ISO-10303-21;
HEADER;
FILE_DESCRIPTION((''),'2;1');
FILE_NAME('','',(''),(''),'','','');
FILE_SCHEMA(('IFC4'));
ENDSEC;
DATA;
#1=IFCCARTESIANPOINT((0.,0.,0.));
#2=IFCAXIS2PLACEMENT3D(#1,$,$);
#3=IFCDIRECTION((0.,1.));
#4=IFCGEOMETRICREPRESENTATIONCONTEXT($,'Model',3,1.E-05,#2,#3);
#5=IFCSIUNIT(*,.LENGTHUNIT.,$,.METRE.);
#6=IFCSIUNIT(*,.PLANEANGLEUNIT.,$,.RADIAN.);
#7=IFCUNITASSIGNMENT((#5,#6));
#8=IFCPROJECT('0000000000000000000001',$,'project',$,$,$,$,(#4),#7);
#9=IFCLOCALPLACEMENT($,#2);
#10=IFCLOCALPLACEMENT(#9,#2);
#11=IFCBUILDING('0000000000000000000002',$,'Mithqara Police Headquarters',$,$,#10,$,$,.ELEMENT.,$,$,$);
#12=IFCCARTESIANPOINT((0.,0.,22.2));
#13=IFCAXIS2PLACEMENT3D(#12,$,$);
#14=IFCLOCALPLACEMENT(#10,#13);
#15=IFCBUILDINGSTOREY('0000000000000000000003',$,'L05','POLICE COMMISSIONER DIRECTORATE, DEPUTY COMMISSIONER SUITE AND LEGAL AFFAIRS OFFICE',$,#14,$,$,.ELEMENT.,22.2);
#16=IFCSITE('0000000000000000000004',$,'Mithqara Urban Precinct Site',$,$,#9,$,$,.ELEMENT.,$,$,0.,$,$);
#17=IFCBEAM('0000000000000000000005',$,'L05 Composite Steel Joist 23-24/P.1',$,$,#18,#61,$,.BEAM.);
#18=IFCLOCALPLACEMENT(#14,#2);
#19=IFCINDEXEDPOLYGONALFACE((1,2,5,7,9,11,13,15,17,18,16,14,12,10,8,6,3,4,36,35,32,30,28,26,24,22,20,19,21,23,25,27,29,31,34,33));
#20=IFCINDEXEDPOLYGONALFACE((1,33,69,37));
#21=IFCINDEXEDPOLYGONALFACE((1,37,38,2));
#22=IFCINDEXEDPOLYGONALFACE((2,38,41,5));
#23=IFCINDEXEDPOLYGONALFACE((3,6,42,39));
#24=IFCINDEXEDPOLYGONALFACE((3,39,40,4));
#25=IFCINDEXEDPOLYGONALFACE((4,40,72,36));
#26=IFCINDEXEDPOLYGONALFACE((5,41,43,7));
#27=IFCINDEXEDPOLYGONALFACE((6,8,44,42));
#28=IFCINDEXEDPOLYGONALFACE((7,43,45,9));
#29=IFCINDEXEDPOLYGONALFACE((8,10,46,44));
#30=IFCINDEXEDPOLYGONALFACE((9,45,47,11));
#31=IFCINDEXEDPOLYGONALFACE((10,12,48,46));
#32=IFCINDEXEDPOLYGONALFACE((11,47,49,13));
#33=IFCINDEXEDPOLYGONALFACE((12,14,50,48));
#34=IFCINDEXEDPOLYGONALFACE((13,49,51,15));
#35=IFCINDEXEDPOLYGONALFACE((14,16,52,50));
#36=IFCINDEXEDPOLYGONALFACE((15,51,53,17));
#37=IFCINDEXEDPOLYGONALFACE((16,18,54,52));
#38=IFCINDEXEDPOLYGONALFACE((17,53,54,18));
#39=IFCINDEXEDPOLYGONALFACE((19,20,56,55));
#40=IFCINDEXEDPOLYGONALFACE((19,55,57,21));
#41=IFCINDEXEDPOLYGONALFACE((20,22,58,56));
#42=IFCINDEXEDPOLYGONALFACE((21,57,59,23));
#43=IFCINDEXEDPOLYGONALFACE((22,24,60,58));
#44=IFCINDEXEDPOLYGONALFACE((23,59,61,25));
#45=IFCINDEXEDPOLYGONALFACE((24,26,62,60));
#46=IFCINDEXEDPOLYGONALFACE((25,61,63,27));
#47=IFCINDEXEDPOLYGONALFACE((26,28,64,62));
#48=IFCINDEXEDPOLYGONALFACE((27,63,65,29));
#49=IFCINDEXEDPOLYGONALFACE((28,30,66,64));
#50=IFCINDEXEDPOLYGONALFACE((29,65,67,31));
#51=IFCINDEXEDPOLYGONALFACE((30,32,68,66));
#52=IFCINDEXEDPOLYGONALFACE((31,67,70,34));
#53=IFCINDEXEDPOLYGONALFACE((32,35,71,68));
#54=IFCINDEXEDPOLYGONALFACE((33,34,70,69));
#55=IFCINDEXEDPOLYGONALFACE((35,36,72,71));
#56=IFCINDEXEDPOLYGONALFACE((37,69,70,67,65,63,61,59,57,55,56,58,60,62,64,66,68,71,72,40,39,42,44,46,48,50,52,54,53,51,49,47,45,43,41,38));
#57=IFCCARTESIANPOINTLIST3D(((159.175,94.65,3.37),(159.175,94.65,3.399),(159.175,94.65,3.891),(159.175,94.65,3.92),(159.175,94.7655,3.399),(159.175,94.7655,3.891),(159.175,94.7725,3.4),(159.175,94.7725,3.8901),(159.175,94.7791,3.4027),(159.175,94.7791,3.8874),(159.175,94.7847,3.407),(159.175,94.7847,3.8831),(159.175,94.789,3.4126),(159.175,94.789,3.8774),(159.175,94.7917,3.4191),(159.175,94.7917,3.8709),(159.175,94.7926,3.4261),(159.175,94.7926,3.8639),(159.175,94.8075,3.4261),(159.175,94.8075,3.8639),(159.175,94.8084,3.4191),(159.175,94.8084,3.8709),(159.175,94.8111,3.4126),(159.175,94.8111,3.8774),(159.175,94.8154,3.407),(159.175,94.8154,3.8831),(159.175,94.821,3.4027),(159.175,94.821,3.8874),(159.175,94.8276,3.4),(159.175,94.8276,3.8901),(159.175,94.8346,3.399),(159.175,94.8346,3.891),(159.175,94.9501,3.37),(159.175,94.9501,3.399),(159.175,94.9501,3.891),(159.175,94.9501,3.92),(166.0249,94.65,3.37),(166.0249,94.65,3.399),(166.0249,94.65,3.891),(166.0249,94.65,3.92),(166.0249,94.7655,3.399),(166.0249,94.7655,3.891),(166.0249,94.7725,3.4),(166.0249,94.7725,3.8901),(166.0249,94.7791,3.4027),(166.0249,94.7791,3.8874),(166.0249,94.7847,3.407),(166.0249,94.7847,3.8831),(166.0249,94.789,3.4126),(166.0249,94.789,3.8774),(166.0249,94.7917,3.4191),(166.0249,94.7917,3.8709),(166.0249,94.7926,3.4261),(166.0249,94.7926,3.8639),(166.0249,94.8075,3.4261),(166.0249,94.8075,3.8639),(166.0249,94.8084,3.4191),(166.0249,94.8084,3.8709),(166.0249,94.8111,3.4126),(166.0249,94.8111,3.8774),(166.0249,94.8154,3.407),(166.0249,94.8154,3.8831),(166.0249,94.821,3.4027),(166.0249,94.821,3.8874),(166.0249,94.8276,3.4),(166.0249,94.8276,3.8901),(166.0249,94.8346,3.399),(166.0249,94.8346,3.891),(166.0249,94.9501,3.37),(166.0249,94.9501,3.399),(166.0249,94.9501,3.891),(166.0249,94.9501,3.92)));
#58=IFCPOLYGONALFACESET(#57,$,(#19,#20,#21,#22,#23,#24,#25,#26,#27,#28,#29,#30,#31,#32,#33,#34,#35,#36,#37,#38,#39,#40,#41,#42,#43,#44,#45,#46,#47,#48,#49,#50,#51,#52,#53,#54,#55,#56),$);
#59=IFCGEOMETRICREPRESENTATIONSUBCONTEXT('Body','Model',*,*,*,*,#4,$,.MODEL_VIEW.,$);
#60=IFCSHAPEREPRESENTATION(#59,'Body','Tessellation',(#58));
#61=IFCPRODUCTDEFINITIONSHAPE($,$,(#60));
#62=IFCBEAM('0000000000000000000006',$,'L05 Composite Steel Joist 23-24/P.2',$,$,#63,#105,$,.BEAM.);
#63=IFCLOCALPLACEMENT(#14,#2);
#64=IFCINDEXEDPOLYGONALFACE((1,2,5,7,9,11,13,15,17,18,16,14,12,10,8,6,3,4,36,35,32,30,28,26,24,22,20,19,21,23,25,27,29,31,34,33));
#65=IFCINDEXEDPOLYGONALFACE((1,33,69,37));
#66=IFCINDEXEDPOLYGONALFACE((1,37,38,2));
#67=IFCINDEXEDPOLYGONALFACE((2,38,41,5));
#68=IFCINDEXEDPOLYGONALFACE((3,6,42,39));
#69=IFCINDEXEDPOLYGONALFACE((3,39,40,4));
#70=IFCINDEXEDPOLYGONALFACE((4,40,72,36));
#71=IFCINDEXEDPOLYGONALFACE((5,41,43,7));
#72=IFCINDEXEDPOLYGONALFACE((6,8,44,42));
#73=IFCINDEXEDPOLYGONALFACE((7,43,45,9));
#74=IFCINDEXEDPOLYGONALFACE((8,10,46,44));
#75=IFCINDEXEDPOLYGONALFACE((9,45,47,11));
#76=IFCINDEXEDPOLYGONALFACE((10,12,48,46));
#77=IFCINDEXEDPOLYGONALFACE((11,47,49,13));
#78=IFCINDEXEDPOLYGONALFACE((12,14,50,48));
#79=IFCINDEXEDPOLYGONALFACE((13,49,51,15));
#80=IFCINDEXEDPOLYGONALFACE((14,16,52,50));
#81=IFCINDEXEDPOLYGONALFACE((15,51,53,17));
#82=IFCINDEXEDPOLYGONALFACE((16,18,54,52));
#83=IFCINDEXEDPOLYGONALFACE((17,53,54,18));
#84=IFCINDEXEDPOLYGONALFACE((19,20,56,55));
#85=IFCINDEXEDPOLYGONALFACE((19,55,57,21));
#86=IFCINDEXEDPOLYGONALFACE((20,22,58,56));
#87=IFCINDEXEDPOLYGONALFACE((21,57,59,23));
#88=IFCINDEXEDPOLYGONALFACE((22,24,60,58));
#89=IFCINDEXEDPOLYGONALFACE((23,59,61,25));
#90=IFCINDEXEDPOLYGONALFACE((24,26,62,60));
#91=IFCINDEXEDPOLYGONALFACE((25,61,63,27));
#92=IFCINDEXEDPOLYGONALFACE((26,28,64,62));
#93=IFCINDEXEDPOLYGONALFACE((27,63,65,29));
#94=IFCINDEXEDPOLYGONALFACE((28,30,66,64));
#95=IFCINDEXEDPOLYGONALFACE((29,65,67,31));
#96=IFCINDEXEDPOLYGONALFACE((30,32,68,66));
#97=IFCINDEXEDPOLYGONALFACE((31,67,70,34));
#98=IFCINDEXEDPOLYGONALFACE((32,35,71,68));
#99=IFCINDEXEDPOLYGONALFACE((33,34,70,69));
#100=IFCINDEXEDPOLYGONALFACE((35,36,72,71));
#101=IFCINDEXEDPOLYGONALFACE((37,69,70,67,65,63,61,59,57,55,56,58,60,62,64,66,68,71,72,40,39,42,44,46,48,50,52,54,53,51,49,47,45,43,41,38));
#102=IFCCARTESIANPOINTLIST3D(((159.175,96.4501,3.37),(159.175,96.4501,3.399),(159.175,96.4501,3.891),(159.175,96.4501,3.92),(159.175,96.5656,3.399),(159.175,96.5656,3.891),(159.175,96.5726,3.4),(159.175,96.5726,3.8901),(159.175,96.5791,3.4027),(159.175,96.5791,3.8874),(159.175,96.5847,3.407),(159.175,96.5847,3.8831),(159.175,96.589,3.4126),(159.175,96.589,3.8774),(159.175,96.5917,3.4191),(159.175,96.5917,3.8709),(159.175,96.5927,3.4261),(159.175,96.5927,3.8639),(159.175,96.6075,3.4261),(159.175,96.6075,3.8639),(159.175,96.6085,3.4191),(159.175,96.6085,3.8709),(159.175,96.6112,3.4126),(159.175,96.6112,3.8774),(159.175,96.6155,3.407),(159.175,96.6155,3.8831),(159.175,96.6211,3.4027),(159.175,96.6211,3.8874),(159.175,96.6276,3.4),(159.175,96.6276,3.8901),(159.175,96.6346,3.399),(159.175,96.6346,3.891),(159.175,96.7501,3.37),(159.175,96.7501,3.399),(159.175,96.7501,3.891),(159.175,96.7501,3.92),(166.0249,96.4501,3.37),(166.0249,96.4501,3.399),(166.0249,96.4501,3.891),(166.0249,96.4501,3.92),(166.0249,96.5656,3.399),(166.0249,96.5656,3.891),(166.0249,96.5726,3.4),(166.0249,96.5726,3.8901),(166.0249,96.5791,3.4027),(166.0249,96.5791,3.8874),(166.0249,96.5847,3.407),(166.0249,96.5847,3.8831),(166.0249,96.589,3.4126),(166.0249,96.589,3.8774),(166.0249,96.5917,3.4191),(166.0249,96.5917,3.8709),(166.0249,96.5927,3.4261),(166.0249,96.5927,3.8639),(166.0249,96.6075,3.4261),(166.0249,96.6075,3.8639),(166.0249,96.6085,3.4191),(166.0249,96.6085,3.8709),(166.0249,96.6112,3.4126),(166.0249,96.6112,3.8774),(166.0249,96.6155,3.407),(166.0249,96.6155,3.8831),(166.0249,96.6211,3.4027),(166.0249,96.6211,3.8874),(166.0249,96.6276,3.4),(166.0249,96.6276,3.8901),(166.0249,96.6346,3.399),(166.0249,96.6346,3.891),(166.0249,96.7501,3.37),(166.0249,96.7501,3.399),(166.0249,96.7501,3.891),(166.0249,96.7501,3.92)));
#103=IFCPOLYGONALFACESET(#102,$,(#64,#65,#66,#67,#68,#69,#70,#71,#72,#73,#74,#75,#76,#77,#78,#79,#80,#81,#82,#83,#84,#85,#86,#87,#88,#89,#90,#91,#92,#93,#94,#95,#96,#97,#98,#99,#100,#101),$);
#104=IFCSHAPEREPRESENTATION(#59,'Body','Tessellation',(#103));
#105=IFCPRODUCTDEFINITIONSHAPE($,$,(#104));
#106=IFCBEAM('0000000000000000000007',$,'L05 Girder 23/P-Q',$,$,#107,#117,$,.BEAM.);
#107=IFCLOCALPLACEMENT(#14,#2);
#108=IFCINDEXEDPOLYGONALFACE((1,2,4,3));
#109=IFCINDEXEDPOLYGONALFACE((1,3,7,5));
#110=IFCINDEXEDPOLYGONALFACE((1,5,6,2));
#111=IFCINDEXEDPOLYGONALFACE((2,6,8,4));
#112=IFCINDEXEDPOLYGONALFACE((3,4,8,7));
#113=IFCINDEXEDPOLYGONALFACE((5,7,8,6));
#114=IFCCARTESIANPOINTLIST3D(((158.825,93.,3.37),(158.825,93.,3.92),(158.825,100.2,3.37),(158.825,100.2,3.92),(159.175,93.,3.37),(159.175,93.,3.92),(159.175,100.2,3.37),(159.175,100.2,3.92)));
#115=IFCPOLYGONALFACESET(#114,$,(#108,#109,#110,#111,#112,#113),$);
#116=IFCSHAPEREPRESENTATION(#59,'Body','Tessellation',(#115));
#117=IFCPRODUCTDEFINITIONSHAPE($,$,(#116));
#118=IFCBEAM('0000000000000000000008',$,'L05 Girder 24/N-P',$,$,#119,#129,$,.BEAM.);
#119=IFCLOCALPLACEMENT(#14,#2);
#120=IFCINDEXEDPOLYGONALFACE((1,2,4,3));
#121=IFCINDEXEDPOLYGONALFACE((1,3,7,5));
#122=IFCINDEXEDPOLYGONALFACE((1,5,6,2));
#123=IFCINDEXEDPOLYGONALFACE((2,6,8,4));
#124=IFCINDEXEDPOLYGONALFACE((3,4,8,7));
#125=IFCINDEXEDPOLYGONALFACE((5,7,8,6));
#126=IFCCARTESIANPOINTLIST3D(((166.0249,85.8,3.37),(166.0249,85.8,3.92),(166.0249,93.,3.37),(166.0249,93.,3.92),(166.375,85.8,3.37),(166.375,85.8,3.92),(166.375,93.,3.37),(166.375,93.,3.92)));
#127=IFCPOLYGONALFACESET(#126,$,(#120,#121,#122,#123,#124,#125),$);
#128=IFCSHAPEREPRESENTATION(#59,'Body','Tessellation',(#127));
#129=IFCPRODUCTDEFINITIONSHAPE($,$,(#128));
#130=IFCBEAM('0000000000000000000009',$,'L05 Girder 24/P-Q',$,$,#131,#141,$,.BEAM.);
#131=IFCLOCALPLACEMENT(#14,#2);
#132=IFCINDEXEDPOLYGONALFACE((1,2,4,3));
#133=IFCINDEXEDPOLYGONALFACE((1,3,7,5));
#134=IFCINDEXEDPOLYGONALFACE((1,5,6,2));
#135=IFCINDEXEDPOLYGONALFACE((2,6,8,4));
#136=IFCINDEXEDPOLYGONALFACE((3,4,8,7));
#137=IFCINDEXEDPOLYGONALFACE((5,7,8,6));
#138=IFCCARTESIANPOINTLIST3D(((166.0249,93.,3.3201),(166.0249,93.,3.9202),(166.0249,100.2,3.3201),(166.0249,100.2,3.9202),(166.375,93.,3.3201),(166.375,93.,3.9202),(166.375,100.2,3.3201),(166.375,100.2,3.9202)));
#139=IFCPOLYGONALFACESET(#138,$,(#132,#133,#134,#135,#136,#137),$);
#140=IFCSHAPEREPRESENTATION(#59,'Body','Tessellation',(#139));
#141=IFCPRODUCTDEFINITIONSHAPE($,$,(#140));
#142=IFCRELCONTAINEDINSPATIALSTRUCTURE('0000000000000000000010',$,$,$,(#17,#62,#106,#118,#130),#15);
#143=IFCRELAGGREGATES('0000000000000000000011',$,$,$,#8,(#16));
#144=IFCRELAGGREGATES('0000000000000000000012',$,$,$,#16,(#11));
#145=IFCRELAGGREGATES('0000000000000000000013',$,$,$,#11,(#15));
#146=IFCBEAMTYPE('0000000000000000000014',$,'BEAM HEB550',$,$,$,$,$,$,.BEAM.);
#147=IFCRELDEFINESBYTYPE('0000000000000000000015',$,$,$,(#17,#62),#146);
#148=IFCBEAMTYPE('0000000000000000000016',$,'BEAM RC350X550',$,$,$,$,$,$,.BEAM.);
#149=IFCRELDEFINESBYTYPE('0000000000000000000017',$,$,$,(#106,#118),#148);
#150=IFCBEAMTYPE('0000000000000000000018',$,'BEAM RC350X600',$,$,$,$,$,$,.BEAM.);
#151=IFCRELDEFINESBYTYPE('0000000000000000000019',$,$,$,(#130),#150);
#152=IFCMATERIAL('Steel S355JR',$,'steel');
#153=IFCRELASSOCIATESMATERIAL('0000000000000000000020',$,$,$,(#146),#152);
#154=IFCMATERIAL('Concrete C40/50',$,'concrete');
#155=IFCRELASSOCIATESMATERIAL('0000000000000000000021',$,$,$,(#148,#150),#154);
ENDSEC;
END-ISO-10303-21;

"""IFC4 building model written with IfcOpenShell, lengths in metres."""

from ifc_helpers import new_model, si_unit, direction, frame, origin, origin_2d, place, context, subcontext, project, spatial, rectangle, i_section, extrude, material, material_profile, profile_set, type_object, element, save


model = new_model("IFC4")

# Units and contexts
model_context = context("Model", 3, precision=1e-05, world=origin(), true_north=direction((0.0, 1.0)))
body_context = subcontext(model_context, "Body", "Model", "MODEL_VIEW")
ifc_project = project(units=[si_unit("LENGTHUNIT", "METRE"), si_unit("PLANEANGLEUNIT", "RADIAN")], contexts=[model_context])

# Site, building, storey
site_placement = place(None, origin())
site = spatial("IfcSite", under=ifc_project, at=site_placement, Name="Mithqara Urban Precinct Site", CompositionType="ELEMENT", RefElevation=0.0)
building_placement = place(site_placement, origin())
building = spatial("IfcBuilding", under=site, at=building_placement, Name="Mithqara Police Headquarters", CompositionType="ELEMENT")
storey_placement = place(building_placement, frame((0.0, 0.0, 22.2)))
storey = spatial("IfcBuildingStorey", under=building, at=storey_placement, Name="L05", Description="POLICE COMMISSIONER DIRECTORATE, DEPUTY COMMISSIONER SUITE AND LEGAL AFFAIRS OFFICE", CompositionType="ELEMENT", Elevation=22.2)

# Beams
ifc_material_1 = material(Name="Steel S355JR", Category="steel")
ifc_material_profile_1 = material_profile(ifc_material_1, i_section(OverallWidth=0.3, OverallDepth=0.55, WebThickness=0.0149, FlangeThickness=0.0291, FilletRadius=0.0271, at=origin_2d()), Name="HEB 550")
ifc_profile_set_1 = profile_set([ifc_material_profile_1], Name="Steel S355JR")
beam_type_1 = type_object("IfcBeamType", Name="BEAM HEB550", PredefinedType="BEAM", material=ifc_profile_set_1)
for number, where, z_axis, x_axis, name in (
    (1, (159.175, 94.8, 3.645), (1.0, 0.0, 0.0), (0.0, 1.0, 0.0), "L05 Composite Steel Joist 23-24/P.1"),
    (2, (159.175, 96.6001, 3.645), (1.0, 0.0, 0.0), (0.0, 1.0, 0.0), "L05 Composite Steel Joist 23-24/P.2"),
):
    element("IfcBeam", number, at=place(storey_placement, frame(where, z_axis=z_axis, x_axis=x_axis)), inside=storey, type_object=beam_type_1, Name=name, PredefinedType="BEAM", context=body_context, shape_type="SweptSolid", body=[
        extrude(i_section(OverallWidth=0.3, OverallDepth=0.55, WebThickness=0.0149, FlangeThickness=0.0291, FilletRadius=0.0271, at=origin_2d()), origin(), (0.0, 0.0, 1.0), 6.8499),
    ])
ifc_material_2 = material(Name="Concrete C40/50", Category="concrete")
ifc_material_profile_2 = material_profile(ifc_material_2, rectangle(XDim=0.3501, YDim=0.55, at=origin_2d()), Name="RC 350x550")
ifc_profile_set_2 = profile_set([ifc_material_profile_2], Name="Concrete C40/50")
beam_type_2 = type_object("IfcBeamType", Name="BEAM RC350X550", PredefinedType="BEAM", material=ifc_profile_set_2)
for number, where, z_axis, x_axis, name in (
    (3, (159.0, 93.0, 3.645), (0.0, 1.0, 0.0), (-1.0, 0.0, 0.0), "L05 Girder 23/P-Q"),
    (4, (166.2, 85.8, 3.645), (0.0, 1.0, 0.0), (-1.0, 0.0, 0.0), "L05 Girder 24/N-P"),
):
    element("IfcBeam", number, at=place(storey_placement, frame(where, z_axis=z_axis, x_axis=x_axis)), inside=storey, type_object=beam_type_2, Name=name, PredefinedType="BEAM", context=body_context, shape_type="SweptSolid", body=[
        extrude(rectangle(XDim=0.3501, YDim=0.55, at=origin_2d()), origin(), (0.0, 0.0, 1.0), 7.2),
    ])
ifc_material_profile_3 = material_profile(ifc_material_2, rectangle(XDim=0.3501, YDim=0.6001, at=origin_2d()), Name="RC 350x600")
ifc_profile_set_3 = profile_set([ifc_material_profile_3], Name="Concrete C40/50")
beam_type_3 = type_object("IfcBeamType", Name="BEAM RC350X600", PredefinedType="BEAM", material=ifc_profile_set_3)
beam_1_placement = place(storey_placement, frame((166.2, 93.0, 3.6201), z_axis=(0.0, 1.0, 0.0), x_axis=(-1.0, 0.0, 0.0)))
element("IfcBeam", 5, at=beam_1_placement, inside=storey, type_object=beam_type_3, Name="L05 Girder 24/P-Q", PredefinedType="BEAM", context=body_context, shape_type="SweptSolid", body=[
    extrude(rectangle(XDim=0.3501, YDim=0.6001, at=origin_2d()), origin(), (0.0, 0.0, 1.0), 7.2),
])

save(model, "model.ifc")
